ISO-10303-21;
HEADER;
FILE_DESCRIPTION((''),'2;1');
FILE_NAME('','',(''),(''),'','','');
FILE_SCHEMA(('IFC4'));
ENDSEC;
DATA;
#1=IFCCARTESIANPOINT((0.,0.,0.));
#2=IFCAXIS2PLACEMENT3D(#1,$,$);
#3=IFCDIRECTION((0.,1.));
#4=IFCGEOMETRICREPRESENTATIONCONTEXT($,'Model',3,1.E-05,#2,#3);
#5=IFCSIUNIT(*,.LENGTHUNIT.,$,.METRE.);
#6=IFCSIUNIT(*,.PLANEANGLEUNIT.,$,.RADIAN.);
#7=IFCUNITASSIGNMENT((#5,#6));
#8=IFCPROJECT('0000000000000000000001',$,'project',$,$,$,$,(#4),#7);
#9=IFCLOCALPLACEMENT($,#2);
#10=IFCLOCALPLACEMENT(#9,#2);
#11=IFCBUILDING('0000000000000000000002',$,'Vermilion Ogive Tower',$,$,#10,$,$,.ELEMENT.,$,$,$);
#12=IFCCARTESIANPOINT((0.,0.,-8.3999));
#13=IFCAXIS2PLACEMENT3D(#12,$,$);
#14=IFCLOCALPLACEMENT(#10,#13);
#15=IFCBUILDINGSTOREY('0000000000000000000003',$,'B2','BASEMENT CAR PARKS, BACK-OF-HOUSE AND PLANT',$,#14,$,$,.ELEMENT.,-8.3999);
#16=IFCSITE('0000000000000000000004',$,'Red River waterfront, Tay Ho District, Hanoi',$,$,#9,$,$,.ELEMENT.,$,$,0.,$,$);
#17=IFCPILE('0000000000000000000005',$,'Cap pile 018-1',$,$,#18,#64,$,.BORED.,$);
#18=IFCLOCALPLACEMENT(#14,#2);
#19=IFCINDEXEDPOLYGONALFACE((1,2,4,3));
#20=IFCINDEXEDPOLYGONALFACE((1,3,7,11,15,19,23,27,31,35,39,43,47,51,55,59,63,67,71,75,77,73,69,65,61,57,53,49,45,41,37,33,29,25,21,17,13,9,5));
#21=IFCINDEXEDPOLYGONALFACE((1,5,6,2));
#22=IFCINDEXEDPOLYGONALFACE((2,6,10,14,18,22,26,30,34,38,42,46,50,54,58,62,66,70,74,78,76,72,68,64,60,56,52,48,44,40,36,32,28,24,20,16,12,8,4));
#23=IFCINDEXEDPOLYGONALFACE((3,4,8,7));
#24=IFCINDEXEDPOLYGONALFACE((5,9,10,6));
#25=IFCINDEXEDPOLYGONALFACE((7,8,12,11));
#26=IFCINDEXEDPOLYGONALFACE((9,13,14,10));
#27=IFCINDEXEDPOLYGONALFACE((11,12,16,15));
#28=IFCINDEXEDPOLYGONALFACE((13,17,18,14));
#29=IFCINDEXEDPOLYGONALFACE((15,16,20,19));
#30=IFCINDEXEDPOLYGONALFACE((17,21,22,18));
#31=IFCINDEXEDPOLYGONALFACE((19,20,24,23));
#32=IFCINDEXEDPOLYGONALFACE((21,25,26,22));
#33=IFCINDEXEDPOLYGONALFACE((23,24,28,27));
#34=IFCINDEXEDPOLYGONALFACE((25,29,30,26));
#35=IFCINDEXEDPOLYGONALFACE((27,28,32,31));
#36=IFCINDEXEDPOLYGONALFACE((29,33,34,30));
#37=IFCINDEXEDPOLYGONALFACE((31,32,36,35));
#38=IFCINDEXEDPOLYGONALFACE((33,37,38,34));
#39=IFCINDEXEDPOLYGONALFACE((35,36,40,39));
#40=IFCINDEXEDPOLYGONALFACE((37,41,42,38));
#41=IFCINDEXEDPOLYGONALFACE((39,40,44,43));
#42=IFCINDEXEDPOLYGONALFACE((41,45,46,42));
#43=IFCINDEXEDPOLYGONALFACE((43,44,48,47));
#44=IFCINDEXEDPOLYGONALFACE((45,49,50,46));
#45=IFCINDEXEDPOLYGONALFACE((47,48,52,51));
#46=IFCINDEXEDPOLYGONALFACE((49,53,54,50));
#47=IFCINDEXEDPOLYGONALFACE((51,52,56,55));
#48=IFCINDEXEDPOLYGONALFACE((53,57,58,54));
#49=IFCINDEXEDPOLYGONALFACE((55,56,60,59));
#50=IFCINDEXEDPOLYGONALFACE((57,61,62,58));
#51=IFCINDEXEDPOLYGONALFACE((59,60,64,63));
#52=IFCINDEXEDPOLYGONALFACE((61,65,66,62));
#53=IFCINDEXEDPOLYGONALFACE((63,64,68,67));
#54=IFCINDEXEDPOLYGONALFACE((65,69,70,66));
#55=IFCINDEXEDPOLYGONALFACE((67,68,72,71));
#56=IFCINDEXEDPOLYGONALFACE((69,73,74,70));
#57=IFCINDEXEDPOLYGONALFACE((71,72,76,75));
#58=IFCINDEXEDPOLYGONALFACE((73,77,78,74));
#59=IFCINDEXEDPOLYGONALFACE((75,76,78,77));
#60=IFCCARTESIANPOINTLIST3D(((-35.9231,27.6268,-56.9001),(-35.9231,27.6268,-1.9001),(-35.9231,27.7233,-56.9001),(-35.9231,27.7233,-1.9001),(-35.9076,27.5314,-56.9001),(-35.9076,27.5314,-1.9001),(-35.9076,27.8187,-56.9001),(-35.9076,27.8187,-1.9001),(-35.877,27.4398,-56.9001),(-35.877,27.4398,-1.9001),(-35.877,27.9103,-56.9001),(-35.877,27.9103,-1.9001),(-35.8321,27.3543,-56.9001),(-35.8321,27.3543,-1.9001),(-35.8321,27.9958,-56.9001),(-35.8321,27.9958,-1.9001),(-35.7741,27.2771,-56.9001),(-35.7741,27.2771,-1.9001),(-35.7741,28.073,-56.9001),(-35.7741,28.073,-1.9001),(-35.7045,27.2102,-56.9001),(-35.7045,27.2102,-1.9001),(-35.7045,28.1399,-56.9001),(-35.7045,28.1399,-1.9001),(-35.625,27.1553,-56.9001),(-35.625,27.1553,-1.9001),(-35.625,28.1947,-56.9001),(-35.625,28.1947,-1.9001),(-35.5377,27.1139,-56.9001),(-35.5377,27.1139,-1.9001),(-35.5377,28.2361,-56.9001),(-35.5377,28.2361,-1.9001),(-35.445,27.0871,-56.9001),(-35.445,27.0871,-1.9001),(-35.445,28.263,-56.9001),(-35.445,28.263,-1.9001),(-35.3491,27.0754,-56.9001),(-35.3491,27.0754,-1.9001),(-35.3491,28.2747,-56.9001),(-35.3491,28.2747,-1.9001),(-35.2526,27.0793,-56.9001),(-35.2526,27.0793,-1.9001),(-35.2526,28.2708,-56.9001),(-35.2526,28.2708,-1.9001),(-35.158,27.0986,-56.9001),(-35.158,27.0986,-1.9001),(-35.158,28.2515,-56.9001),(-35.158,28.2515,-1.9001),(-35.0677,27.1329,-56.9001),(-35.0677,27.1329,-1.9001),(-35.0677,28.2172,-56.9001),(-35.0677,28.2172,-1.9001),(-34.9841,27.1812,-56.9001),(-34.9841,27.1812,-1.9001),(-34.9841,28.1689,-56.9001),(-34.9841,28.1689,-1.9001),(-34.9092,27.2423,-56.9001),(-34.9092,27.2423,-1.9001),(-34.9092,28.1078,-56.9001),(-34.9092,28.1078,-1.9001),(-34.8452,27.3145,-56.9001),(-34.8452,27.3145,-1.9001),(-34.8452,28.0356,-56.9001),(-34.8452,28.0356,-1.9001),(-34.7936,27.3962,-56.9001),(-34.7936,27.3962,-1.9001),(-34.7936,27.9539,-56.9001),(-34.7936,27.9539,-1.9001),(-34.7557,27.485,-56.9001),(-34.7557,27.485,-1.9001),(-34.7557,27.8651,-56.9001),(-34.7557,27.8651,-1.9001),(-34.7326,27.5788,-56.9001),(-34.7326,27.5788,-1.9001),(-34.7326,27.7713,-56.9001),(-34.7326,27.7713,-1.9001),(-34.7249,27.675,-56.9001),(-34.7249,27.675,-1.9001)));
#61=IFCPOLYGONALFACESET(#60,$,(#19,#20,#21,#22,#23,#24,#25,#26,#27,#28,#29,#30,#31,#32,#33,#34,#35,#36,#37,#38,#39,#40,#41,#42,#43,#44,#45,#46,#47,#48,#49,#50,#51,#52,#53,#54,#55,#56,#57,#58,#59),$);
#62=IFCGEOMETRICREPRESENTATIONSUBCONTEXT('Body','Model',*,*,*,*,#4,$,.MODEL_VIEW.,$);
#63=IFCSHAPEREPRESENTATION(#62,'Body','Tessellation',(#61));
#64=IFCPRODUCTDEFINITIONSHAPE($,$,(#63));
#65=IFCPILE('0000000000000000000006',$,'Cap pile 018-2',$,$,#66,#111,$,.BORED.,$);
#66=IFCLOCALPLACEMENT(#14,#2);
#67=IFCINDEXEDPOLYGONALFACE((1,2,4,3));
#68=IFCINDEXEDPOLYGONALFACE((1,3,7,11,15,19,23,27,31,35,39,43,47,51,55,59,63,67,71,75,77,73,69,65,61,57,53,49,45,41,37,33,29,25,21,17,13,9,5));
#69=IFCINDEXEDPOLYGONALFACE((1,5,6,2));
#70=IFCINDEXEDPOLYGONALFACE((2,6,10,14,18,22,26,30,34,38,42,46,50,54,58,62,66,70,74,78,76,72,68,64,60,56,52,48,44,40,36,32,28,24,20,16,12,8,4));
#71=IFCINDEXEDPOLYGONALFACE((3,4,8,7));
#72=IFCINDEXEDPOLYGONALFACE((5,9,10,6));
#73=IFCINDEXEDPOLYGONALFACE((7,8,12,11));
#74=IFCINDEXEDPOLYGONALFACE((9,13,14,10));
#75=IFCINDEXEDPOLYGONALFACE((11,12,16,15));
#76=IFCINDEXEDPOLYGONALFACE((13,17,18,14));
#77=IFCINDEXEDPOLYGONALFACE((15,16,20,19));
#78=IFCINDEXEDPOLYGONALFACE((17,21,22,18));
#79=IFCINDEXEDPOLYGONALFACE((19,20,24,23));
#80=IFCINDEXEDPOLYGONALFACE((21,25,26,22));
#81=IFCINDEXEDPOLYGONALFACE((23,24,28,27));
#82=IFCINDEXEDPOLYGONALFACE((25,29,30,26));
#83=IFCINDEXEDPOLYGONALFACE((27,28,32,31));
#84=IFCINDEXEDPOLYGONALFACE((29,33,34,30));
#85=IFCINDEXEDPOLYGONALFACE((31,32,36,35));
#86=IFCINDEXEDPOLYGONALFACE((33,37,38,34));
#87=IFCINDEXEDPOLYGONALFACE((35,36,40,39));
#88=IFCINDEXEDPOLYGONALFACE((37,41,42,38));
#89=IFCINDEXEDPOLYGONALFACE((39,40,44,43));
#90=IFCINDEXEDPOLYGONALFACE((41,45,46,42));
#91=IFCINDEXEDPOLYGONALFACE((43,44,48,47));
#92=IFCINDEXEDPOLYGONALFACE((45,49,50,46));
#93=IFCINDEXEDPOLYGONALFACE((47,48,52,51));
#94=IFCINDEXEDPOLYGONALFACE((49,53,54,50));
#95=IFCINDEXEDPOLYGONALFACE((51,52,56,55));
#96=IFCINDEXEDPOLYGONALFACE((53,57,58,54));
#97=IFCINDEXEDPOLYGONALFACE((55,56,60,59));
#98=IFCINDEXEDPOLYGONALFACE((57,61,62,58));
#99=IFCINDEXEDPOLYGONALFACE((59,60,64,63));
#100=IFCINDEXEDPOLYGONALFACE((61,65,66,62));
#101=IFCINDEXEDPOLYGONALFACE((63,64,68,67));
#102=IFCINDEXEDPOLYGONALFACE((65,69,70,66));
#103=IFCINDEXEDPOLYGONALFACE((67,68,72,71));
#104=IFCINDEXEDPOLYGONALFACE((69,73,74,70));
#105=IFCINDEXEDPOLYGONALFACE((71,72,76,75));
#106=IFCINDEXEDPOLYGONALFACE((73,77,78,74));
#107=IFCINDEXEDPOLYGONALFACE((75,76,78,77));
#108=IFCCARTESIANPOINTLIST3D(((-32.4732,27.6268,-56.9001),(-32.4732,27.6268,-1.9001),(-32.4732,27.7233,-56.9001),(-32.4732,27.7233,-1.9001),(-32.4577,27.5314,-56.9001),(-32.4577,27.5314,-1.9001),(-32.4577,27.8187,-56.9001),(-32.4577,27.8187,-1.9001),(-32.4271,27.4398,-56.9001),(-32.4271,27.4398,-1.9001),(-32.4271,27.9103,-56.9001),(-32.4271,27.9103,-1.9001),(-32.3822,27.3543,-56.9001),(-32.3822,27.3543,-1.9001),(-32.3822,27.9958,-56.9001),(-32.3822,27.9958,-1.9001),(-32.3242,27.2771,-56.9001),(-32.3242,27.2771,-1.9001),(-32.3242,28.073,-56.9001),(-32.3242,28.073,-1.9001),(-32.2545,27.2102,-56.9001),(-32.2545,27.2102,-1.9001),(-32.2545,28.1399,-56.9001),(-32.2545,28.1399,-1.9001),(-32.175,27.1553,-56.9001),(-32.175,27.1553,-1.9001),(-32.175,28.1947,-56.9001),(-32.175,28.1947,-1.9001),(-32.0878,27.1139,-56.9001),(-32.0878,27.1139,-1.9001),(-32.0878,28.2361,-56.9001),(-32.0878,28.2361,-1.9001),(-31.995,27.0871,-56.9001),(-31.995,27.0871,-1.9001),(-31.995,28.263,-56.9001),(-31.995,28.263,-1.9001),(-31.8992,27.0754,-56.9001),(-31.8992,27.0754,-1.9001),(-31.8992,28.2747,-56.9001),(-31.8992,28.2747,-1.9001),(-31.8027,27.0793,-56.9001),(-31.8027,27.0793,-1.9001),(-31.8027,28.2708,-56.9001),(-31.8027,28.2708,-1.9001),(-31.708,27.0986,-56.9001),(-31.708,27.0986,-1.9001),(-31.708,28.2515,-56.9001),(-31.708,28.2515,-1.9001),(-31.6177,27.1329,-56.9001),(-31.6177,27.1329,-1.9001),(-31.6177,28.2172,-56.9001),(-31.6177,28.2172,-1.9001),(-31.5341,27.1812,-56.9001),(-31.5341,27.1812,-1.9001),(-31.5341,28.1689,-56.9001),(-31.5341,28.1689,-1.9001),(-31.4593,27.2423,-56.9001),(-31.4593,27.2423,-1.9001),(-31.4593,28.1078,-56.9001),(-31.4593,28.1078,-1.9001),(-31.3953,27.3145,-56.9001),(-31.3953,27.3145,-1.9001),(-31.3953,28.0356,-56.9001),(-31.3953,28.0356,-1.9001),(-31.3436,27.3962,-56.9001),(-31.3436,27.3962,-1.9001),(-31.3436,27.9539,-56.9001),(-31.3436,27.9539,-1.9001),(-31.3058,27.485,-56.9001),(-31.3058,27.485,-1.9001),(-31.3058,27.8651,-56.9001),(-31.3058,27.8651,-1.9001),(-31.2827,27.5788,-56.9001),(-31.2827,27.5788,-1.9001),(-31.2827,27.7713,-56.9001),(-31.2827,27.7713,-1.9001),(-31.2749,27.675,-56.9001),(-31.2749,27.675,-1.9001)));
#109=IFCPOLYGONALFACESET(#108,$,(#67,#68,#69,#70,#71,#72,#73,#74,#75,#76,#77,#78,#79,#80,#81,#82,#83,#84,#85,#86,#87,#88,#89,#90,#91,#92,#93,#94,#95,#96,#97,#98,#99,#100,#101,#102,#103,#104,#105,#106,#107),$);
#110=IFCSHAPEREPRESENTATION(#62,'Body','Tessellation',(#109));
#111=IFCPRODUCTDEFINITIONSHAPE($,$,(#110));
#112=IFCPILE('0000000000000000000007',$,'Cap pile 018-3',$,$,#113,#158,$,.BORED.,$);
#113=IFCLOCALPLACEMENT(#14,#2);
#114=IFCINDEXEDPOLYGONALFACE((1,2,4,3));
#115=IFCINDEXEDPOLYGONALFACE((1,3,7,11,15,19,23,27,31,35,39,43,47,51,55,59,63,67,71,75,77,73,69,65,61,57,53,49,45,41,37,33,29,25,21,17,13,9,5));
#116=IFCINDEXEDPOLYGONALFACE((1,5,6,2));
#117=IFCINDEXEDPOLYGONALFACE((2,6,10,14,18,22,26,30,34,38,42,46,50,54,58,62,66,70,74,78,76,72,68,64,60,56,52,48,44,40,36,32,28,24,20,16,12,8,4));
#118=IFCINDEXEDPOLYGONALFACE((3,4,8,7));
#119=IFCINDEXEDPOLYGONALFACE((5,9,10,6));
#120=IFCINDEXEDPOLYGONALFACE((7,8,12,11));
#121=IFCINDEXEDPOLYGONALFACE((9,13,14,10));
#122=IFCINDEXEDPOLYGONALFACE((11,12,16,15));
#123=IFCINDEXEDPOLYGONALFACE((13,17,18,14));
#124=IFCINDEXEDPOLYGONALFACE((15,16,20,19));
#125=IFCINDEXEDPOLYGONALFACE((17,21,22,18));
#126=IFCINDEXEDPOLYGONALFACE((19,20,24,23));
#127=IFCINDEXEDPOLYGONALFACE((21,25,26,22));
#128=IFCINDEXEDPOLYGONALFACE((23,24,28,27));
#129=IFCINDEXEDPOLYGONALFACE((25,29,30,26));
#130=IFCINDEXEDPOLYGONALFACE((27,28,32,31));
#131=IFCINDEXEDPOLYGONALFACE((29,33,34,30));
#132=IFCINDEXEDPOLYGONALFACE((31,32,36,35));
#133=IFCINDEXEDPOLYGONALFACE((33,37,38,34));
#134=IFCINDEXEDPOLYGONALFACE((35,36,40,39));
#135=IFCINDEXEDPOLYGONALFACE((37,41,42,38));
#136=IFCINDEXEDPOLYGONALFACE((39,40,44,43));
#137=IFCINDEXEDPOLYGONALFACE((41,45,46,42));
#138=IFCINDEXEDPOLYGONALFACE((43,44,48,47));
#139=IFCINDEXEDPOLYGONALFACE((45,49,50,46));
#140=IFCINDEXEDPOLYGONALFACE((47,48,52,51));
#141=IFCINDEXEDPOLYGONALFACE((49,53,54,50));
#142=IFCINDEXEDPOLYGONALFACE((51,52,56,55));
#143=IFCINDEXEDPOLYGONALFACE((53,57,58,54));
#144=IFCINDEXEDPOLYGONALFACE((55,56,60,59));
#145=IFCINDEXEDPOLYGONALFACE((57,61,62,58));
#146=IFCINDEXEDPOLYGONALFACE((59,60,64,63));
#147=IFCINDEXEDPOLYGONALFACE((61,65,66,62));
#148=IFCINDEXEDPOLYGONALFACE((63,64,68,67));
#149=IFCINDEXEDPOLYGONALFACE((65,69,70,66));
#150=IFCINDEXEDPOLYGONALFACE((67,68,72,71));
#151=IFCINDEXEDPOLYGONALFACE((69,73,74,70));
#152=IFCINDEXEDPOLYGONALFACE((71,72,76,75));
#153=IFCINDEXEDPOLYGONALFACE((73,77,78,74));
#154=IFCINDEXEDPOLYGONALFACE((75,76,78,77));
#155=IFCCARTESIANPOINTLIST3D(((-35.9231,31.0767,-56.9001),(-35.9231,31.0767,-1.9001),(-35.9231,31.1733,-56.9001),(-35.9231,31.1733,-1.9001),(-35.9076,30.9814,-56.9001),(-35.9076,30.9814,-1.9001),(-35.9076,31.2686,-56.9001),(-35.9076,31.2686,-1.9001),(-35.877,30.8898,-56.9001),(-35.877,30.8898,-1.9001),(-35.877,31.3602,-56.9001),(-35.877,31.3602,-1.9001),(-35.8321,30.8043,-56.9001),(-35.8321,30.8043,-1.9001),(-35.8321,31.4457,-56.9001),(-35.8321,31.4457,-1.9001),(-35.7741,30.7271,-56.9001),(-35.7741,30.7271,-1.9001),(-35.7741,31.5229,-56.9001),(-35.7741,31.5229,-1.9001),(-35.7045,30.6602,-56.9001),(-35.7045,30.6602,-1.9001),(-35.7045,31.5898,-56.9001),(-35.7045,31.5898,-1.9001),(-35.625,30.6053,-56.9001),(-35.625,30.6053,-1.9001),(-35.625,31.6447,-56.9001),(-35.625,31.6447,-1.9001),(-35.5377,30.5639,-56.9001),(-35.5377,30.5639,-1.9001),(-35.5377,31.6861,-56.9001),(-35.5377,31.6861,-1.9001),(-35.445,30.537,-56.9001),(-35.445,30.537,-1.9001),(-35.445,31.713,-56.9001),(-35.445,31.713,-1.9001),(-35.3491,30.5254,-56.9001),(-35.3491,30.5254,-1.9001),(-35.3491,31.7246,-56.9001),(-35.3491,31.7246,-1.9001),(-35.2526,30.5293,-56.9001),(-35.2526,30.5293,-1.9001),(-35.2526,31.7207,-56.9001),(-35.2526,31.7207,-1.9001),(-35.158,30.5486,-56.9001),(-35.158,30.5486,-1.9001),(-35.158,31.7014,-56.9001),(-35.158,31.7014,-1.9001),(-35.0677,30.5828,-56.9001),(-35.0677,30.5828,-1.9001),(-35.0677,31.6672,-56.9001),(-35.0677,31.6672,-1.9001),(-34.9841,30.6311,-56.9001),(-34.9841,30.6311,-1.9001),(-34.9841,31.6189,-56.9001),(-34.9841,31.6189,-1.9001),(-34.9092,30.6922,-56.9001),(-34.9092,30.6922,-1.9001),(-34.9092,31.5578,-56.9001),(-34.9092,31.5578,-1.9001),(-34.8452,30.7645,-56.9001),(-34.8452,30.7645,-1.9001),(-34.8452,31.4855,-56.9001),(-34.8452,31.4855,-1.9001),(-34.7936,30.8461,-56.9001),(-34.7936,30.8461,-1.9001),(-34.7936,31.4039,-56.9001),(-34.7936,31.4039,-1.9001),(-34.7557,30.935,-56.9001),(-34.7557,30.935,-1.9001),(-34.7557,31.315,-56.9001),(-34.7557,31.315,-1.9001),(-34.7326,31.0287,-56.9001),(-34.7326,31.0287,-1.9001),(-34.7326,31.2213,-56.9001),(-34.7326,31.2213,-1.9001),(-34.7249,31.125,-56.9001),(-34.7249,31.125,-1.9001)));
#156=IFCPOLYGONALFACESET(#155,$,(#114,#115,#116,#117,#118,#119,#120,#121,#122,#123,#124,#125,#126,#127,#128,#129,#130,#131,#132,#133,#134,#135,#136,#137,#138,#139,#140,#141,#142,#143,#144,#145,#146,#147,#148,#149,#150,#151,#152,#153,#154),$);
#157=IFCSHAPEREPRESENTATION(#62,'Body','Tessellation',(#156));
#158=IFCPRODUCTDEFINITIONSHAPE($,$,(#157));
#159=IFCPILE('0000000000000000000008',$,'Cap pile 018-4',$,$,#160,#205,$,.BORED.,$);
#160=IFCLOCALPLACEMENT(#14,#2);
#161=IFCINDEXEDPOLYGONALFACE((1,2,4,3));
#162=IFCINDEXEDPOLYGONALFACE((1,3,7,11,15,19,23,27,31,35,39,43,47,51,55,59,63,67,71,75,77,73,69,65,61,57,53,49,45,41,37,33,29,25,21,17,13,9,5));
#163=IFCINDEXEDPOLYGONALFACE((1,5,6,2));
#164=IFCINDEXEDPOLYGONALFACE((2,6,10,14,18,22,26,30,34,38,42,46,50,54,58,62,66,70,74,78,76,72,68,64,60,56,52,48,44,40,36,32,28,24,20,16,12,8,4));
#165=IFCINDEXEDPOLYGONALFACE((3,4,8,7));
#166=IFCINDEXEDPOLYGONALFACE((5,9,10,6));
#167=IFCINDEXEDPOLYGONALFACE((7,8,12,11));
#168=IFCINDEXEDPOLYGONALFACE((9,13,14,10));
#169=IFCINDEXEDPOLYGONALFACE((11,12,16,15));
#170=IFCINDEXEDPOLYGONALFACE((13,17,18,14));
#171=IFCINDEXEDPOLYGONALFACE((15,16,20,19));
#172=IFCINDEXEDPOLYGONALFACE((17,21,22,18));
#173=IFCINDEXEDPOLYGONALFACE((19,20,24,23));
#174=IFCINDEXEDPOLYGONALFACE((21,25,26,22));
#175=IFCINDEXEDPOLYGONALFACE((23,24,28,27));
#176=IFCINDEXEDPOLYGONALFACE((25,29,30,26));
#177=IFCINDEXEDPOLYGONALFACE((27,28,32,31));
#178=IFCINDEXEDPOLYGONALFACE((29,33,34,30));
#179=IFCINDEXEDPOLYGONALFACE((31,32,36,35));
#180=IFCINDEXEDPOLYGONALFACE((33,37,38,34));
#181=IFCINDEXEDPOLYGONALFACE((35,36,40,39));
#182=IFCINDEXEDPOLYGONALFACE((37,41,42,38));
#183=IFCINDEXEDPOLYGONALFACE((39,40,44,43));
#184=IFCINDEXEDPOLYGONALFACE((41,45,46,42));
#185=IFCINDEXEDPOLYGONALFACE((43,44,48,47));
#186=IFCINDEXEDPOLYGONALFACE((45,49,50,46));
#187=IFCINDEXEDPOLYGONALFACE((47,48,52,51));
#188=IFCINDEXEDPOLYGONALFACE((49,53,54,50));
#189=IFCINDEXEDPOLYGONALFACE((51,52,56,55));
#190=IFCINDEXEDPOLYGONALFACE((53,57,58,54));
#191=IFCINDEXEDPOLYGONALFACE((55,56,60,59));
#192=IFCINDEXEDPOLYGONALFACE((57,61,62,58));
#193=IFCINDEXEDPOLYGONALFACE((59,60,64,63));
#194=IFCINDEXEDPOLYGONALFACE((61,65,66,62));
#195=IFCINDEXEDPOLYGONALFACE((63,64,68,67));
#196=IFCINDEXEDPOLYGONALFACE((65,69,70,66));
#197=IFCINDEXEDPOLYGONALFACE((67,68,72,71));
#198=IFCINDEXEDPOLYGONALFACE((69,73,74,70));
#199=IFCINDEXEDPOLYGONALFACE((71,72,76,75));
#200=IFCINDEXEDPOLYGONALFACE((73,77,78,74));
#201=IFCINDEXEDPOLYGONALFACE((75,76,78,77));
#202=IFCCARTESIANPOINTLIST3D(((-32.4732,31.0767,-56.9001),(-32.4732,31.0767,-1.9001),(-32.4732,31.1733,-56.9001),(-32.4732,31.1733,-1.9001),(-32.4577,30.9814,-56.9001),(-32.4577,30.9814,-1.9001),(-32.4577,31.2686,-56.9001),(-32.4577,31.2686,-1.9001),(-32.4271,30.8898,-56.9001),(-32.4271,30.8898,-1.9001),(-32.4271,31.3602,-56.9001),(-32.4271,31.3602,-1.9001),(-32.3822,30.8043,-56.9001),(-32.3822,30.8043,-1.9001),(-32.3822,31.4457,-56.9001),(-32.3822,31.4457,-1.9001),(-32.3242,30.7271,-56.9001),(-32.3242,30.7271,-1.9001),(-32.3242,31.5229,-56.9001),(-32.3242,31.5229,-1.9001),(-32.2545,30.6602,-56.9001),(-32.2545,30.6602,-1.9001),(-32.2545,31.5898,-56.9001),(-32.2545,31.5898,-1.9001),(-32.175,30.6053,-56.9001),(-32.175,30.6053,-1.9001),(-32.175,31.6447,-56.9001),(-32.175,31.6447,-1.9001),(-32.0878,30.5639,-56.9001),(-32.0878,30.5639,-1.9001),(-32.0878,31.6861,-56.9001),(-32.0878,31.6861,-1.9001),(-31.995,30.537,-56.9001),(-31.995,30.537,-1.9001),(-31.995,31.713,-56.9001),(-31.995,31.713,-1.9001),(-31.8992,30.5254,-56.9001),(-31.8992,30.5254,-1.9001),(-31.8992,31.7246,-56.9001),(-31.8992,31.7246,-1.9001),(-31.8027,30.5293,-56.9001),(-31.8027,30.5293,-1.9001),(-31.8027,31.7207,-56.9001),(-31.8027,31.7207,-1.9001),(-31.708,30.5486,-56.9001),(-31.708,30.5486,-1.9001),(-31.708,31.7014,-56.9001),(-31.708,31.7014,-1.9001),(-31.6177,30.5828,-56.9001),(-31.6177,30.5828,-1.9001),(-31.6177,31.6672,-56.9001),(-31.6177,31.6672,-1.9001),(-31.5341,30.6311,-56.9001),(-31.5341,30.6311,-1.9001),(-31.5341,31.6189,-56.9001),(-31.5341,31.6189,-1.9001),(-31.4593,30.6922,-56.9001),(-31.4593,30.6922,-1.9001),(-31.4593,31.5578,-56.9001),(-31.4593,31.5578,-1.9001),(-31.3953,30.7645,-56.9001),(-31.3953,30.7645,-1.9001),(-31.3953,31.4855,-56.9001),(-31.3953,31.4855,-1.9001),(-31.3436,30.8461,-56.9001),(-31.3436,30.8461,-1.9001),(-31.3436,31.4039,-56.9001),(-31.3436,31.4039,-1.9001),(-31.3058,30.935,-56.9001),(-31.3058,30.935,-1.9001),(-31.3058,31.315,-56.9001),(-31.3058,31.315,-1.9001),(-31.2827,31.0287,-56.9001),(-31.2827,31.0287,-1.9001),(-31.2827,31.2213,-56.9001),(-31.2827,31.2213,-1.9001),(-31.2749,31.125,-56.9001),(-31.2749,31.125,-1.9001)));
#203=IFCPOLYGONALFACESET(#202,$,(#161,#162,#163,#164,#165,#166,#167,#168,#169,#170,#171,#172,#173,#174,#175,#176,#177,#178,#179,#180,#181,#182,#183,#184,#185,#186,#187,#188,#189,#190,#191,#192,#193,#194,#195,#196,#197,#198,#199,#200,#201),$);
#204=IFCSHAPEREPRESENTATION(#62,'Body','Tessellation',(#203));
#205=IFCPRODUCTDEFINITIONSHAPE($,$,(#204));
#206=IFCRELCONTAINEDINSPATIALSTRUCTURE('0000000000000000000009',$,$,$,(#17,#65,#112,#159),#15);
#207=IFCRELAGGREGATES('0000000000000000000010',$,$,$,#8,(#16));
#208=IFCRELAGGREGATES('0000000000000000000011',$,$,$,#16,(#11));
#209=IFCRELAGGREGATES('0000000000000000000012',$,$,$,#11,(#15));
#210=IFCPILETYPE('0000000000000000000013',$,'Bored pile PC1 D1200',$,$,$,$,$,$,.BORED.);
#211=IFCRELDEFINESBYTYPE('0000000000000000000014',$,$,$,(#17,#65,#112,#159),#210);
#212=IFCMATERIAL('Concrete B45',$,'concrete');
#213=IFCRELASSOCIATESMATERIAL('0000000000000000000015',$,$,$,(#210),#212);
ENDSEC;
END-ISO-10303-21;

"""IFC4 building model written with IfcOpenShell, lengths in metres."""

from ifc_helpers import new_model, si_unit, direction, frame, origin, origin_2d, place, context, subcontext, project, spatial, circle, extrude, material, type_object, element, save


model = new_model("IFC4")

# Units and contexts
model_context = context("Model", 3, precision=1e-05, world=origin(), true_north=direction((0.0, 1.0)))
body_context = subcontext(model_context, "Body", "Model", "MODEL_VIEW")
ifc_project = project(units=[si_unit("LENGTHUNIT", "METRE"), si_unit("PLANEANGLEUNIT", "RADIAN")], contexts=[model_context])

# Site, building, storey
site_placement = place(None, origin())
site = spatial("IfcSite", under=ifc_project, at=site_placement, Name="Red River waterfront, Tay Ho District, Hanoi", CompositionType="ELEMENT", RefElevation=0.0)
building_placement = place(site_placement, origin())
building = spatial("IfcBuilding", under=site, at=building_placement, Name="Vermilion Ogive Tower", CompositionType="ELEMENT")
storey_placement = place(building_placement, frame((0.0, 0.0, -8.3999)))
storey = spatial("IfcBuildingStorey", under=building, at=storey_placement, Name="B2", Description="BASEMENT CAR PARKS, BACK-OF-HOUSE AND PLANT", CompositionType="ELEMENT", Elevation=-8.3999)

# Piles
ifc_material_1 = material(Name="Concrete B45", Category="concrete")
pile_type = type_object("IfcPileType", Name="Bored pile PC1 D1200", PredefinedType="BORED", material=ifc_material_1)
for number, where, z_axis, x_axis, name in (
    (1, (-35.325, 27.675, -1.9001), (0.0, 0.0, -1.0), (1.0, 0.0, 0.0), "Cap pile 018-1"),
    (2, (-31.875, 27.675, -1.9001), (0.0, 0.0, -1.0), (1.0, 0.0, 0.0), "Cap pile 018-2"),
    (3, (-35.325, 31.125, -1.9001), (0.0, 0.0, -1.0), (1.0, 0.0, 0.0), "Cap pile 018-3"),
    (4, (-31.875, 31.125, -1.9001), (0.0, 0.0, -1.0), (1.0, 0.0, 0.0), "Cap pile 018-4"),
):
    element("IfcPile", number, at=place(storey_placement, frame(where, z_axis=z_axis, x_axis=x_axis)), inside=storey, type_object=pile_type, Name=name, PredefinedType="BORED", context=body_context, shape_type="SweptSolid", body=[
        extrude(circle(Radius=0.6001, at=origin_2d()), origin(), (0.0, 0.0, 1.0), 55.0),
    ])

save(model, "model.ifc")
